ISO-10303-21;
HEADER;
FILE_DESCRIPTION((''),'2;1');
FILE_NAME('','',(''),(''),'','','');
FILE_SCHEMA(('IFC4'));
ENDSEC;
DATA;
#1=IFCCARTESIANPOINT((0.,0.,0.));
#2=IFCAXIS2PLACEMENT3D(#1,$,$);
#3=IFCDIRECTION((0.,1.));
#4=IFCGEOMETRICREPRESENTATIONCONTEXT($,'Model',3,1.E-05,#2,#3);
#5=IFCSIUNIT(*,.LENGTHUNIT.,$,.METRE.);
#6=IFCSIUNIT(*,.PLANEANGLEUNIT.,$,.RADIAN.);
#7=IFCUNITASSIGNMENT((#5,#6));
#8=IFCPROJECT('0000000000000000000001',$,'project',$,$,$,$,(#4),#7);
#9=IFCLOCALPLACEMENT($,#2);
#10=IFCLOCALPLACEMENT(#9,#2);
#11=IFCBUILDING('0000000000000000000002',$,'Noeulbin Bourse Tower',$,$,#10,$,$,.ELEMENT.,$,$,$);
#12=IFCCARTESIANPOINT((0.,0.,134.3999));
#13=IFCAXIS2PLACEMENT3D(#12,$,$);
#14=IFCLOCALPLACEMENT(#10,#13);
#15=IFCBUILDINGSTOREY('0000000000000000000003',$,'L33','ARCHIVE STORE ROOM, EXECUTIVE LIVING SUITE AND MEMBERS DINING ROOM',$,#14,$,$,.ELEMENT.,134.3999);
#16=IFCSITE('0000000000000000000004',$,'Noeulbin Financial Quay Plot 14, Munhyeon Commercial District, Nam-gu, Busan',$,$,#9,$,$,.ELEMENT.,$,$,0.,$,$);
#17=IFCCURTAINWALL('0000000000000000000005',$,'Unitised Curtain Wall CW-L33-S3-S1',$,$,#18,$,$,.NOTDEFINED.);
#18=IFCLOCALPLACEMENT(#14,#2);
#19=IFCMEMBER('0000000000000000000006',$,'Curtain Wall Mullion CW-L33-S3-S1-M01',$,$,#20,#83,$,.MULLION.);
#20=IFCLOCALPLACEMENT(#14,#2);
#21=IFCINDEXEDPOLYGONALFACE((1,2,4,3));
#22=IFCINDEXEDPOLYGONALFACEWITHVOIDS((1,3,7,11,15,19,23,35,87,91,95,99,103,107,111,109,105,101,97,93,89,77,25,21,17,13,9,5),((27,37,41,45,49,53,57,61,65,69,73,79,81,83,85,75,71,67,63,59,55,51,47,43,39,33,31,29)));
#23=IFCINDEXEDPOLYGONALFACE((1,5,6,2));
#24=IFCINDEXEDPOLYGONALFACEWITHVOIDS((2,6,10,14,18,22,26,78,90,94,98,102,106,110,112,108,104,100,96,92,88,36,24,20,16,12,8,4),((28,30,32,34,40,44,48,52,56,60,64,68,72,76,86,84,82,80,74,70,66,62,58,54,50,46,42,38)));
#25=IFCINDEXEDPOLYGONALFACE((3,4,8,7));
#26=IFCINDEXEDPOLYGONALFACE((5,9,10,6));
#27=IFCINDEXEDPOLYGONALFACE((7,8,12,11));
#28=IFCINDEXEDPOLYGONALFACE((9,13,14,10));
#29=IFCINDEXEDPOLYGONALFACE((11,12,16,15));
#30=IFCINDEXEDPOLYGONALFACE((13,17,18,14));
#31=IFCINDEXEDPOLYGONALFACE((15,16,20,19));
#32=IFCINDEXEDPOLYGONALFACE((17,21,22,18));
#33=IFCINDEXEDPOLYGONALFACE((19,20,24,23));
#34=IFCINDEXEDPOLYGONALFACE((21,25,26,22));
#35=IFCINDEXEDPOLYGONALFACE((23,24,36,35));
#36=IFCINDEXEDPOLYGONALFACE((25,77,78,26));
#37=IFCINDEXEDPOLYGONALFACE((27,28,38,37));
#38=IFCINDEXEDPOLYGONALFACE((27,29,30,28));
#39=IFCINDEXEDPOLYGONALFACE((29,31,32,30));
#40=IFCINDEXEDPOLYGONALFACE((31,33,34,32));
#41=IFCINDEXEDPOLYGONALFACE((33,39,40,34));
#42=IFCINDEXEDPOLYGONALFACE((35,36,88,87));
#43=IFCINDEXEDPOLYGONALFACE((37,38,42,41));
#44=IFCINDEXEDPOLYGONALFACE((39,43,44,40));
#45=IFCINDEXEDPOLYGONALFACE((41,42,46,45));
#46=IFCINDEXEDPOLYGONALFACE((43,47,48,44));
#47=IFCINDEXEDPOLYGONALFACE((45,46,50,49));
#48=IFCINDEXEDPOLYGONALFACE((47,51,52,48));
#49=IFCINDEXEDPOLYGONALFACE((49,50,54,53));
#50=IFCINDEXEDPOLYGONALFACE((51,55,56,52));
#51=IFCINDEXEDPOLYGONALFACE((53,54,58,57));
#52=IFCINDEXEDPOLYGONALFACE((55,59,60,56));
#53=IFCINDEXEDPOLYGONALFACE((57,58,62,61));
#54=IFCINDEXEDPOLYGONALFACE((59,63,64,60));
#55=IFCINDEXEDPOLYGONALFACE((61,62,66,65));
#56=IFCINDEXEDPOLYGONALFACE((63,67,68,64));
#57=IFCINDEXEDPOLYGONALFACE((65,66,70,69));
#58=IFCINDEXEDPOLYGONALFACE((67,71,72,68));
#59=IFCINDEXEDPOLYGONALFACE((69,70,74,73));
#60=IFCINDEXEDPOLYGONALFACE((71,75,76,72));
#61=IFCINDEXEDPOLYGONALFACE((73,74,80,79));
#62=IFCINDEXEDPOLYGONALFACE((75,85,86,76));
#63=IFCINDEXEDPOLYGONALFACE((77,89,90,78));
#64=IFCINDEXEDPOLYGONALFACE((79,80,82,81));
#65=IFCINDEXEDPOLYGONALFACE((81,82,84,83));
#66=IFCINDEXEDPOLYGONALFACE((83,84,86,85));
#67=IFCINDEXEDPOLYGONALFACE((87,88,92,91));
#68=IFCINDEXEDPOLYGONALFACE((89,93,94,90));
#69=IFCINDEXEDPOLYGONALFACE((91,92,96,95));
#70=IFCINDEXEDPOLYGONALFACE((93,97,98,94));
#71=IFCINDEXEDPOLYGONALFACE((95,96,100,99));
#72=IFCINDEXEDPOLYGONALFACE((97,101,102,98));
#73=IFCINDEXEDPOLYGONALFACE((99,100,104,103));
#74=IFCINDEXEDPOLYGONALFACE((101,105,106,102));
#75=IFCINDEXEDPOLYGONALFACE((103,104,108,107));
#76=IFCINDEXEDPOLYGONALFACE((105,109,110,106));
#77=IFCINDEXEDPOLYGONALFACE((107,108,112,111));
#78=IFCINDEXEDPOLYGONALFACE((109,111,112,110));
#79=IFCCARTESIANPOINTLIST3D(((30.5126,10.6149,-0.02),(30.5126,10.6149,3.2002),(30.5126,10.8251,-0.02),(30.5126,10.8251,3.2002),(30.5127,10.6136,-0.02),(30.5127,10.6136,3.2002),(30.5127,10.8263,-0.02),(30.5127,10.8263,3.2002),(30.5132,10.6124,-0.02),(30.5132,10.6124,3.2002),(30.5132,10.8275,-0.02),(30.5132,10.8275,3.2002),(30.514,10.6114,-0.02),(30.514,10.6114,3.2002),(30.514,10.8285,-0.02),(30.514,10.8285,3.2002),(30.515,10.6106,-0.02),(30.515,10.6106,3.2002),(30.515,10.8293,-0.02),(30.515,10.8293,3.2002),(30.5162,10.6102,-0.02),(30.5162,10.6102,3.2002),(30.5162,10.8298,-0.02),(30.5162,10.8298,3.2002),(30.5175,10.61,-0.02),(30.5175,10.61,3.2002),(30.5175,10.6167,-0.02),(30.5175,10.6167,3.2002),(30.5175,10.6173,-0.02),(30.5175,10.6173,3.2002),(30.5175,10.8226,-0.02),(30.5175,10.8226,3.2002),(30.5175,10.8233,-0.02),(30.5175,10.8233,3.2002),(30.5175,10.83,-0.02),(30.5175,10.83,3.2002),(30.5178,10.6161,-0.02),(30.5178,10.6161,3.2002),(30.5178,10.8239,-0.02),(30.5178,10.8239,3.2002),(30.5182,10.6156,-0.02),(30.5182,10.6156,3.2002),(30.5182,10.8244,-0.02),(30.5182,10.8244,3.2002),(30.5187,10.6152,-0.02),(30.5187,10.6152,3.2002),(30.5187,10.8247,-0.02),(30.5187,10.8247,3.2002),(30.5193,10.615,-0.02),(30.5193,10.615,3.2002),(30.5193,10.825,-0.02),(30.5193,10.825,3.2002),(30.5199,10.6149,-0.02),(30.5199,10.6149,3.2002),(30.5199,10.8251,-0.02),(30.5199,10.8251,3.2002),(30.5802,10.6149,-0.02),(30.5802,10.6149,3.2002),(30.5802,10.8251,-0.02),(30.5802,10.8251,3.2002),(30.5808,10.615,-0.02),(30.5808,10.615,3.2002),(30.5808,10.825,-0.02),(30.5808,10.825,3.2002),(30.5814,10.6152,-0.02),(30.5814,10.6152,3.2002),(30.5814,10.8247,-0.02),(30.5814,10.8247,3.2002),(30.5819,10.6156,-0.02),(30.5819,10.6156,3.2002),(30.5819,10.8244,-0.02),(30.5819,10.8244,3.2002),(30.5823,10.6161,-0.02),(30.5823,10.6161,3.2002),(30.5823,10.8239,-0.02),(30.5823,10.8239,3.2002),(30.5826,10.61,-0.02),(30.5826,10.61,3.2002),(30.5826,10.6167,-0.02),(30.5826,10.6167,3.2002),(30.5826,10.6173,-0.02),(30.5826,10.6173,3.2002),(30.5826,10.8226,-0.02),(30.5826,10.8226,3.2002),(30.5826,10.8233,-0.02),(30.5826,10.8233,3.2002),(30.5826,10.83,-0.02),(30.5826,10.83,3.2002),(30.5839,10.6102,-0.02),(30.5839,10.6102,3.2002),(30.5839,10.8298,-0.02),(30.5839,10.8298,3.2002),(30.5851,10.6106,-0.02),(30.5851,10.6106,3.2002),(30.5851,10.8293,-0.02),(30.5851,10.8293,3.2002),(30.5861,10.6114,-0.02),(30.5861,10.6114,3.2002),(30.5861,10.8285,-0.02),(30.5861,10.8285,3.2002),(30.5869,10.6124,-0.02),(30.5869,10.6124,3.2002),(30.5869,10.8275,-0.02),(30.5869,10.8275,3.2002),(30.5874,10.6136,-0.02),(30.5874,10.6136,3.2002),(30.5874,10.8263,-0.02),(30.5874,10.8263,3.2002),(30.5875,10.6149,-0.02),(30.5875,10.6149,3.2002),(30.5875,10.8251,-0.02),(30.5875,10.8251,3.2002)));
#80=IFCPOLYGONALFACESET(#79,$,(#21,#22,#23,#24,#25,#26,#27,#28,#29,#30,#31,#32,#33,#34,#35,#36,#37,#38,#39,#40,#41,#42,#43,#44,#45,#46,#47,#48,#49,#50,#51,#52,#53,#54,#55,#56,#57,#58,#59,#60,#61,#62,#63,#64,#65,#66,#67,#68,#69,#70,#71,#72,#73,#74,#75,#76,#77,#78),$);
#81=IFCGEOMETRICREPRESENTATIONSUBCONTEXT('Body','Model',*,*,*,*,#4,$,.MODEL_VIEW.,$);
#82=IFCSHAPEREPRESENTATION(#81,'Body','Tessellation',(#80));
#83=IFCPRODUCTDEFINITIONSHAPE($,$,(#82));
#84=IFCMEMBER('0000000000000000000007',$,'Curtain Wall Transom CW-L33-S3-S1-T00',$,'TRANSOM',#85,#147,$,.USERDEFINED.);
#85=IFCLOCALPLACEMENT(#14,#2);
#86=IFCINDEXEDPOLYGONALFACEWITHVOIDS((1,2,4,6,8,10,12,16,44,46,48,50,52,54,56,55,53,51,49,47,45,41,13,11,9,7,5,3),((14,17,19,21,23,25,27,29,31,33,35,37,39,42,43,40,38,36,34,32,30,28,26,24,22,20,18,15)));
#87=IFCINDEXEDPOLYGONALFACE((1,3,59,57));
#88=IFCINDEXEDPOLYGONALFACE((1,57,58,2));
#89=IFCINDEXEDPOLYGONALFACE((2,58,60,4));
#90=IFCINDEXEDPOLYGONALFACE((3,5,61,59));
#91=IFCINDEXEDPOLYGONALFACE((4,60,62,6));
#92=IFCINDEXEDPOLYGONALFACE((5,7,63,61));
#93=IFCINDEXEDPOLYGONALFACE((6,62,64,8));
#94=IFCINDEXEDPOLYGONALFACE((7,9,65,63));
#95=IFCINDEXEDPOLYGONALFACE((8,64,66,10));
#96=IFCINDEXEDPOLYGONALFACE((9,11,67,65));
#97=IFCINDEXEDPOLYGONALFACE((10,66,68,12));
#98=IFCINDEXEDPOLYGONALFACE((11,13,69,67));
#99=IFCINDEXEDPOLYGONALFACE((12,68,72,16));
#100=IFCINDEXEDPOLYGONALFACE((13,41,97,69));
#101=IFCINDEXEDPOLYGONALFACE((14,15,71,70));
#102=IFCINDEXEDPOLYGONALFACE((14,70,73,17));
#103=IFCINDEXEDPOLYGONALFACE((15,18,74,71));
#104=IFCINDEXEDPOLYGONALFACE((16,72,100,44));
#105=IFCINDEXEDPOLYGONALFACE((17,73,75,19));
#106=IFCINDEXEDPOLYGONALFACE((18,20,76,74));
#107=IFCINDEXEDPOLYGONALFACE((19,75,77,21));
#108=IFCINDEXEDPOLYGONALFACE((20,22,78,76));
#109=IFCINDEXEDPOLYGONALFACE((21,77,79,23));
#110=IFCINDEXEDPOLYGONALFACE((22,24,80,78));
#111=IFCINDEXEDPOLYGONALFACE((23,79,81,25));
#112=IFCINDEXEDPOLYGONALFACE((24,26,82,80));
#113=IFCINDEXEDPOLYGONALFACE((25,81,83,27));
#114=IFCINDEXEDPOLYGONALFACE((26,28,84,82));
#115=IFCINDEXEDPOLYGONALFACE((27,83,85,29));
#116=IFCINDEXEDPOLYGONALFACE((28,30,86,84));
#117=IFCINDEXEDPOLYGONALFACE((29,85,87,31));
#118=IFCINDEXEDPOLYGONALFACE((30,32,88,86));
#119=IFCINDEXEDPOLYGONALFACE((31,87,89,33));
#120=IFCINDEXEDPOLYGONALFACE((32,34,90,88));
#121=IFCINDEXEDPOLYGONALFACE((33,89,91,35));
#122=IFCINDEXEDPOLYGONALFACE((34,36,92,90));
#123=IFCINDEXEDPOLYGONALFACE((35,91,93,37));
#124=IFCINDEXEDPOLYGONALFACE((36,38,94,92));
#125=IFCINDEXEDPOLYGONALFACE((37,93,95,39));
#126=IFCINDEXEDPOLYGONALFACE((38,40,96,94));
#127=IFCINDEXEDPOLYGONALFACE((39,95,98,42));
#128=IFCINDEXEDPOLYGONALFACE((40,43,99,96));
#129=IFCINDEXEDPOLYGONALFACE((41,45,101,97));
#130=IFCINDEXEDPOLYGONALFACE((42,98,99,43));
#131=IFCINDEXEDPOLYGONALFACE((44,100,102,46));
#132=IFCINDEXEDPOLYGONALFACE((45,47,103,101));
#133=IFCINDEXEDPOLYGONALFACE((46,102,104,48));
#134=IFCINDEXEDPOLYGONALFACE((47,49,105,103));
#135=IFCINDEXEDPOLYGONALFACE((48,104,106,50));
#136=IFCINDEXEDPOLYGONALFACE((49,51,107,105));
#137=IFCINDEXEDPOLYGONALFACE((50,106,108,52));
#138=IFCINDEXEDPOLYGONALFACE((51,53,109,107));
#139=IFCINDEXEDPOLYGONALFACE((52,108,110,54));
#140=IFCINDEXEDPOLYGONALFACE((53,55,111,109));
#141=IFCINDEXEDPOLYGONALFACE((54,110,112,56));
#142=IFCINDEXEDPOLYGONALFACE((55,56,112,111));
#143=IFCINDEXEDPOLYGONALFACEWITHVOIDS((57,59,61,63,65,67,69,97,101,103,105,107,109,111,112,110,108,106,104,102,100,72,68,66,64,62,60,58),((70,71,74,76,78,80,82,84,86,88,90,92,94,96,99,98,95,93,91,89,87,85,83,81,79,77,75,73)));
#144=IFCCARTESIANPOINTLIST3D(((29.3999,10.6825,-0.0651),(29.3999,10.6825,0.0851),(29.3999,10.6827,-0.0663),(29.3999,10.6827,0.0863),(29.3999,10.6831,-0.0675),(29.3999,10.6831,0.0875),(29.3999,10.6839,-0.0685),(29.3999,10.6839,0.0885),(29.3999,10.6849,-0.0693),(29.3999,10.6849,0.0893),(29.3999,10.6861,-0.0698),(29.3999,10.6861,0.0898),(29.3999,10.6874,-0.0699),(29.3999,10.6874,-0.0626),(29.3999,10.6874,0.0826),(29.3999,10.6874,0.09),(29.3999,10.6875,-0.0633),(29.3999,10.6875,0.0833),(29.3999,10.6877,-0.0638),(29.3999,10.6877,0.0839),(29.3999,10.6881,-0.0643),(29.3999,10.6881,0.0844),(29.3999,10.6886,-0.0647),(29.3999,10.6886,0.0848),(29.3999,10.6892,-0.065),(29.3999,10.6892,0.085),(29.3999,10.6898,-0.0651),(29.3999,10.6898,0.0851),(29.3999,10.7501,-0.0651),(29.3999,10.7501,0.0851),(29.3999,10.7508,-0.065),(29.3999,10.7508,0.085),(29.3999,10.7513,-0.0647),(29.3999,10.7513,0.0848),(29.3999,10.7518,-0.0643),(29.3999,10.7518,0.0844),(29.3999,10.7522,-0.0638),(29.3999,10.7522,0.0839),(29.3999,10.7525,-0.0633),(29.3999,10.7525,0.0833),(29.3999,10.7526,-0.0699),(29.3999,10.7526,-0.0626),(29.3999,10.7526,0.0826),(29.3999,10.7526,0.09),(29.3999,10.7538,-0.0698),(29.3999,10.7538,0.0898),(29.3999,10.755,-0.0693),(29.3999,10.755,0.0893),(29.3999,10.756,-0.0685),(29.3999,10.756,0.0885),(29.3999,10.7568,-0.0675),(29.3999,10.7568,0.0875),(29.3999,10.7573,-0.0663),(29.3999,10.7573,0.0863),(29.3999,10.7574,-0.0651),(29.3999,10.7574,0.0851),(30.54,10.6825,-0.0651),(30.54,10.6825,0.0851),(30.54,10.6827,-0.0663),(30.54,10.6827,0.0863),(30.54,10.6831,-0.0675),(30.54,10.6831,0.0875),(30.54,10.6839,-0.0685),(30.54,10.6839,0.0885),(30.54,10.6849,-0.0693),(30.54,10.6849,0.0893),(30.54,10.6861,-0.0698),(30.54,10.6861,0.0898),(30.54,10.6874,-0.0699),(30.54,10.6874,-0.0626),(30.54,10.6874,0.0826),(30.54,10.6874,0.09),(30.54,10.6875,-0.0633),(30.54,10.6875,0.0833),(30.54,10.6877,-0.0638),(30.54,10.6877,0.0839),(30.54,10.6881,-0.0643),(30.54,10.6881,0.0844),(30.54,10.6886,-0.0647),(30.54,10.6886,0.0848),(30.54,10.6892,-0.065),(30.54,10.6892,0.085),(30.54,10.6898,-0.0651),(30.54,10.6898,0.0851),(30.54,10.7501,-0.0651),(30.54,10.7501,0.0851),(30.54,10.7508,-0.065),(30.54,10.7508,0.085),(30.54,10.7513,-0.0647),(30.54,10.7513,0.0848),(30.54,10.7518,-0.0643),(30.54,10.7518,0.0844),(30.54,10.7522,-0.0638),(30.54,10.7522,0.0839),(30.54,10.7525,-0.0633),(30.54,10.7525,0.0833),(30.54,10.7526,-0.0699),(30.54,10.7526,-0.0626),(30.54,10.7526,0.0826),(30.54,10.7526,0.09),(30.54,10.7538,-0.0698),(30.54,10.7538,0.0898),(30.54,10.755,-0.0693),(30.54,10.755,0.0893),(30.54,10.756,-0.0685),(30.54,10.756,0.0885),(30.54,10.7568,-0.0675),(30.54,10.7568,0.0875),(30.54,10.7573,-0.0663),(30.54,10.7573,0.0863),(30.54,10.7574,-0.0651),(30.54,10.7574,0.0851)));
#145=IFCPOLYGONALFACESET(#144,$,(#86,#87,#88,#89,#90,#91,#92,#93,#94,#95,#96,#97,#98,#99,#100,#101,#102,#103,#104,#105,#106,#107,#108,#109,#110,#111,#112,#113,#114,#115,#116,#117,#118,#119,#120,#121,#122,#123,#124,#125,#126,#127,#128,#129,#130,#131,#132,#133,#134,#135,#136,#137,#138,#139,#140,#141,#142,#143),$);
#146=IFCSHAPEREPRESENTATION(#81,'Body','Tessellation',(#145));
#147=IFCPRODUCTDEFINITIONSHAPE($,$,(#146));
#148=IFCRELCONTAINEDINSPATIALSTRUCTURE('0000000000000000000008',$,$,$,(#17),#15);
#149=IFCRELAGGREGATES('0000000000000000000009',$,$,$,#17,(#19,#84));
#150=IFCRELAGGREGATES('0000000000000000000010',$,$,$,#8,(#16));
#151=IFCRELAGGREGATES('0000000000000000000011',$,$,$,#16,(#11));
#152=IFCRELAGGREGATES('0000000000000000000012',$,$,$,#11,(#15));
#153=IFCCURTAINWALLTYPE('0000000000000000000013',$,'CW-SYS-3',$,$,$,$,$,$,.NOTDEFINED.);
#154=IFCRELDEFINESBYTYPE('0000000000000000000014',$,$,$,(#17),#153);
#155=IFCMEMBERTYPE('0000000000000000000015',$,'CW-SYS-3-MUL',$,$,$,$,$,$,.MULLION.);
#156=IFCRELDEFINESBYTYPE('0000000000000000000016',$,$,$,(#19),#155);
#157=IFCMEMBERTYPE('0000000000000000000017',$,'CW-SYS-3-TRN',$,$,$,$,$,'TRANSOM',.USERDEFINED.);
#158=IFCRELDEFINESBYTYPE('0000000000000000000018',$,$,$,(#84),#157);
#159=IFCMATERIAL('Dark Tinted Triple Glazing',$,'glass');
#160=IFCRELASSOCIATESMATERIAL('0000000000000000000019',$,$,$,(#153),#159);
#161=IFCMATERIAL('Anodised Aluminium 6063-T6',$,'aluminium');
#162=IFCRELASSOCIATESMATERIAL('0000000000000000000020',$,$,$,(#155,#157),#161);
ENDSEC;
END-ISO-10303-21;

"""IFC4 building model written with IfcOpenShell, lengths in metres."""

from ifc_helpers import new_model, si_unit, direction, frame, origin, origin_2d, place, context, subcontext, project, spatial, hollow_rectangle, extrude, material, material_profile, profile_set, type_object, element, aggregate, save


model = new_model("IFC4")

# Units and contexts
model_context = context("Model", 3, precision=1e-05, world=origin(), true_north=direction((0.0, 1.0)))
body_context = subcontext(model_context, "Body", "Model", "MODEL_VIEW")
ifc_project = project(units=[si_unit("LENGTHUNIT", "METRE"), si_unit("PLANEANGLEUNIT", "RADIAN")], contexts=[model_context])

# Site, building, storey
site_placement = place(None, origin())
site = spatial("IfcSite", under=ifc_project, at=site_placement, Name="Noeulbin Financial Quay Plot 14, Munhyeon Commercial District, Nam-gu, Busan", CompositionType="ELEMENT", RefElevation=0.0)
building_placement = place(site_placement, origin())
building = spatial("IfcBuilding", under=site, at=building_placement, Name="Noeulbin Bourse Tower", CompositionType="ELEMENT")
storey_placement = place(building_placement, frame((0.0, 0.0, 134.3999)))
storey = spatial("IfcBuildingStorey", under=building, at=storey_placement, Name="L33", Description="ARCHIVE STORE ROOM, EXECUTIVE LIVING SUITE AND MEMBERS DINING ROOM", CompositionType="ELEMENT", Elevation=134.3999)

# Shared definitions
ifc_material_1 = material(Name="Dark Tinted Triple Glazing", Category="glass")
curtain_wall_type = type_object("IfcCurtainWallType", Name="CW-SYS-3", PredefinedType="NOTDEFINED", material=ifc_material_1)
ifc_material_2 = material(Name="Anodised Aluminium 6063-T6", Category="aluminium")
ifc_material_profile_1 = material_profile(ifc_material_2, hollow_rectangle(XDim=0.075, YDim=0.22, WallThickness=0.0049, InnerFilletRadius=0.0024, OuterFilletRadius=0.0049, at=origin_2d()), Name="ALU-MULL-75x220x5", Category="LoadBearing")
ifc_profile_set_1 = profile_set([ifc_material_profile_1], Name="Anodised Aluminium 6063-T6")
member_type_1 = type_object("IfcMemberType", Name="CW-SYS-3-MUL", PredefinedType="MULLION", material=ifc_profile_set_1)

# Curtain wall, members
curtain_wall_1_placement = place(storey_placement, origin())
curtain_wall_1 = element("IfcCurtainWall", 1, at=curtain_wall_1_placement, inside=storey, type_object=curtain_wall_type, Name="Unitised Curtain Wall CW-L33-S3-S1", PredefinedType="NOTDEFINED")
member_1_placement = place(storey_placement, frame((30.55, 10.72, -0.02), z_axis=(0.0, 0.0, 1.0), x_axis=(1.0, 0.0, 0.0)))
member_1 = element("IfcMember", 2, at=member_1_placement, type_object=member_type_1, Name="Curtain Wall Mullion CW-L33-S3-S1-M01", PredefinedType="MULLION", context=body_context, shape_type="SweptSolid", body=[
    extrude(hollow_rectangle(XDim=0.075, YDim=0.22, WallThickness=0.0049, InnerFilletRadius=0.0024, OuterFilletRadius=0.0049, at=origin_2d()), origin(), (0.0, 0.0, 1.0), 3.2202),
])
ifc_material_profile_2 = material_profile(ifc_material_2, hollow_rectangle(XDim=0.075, YDim=0.1599, WallThickness=0.0049, InnerFilletRadius=0.0024, OuterFilletRadius=0.0049, at=origin_2d()), Name="ALU-TRAN-75x160x5", Category="LoadBearing")
ifc_profile_set_2 = profile_set([ifc_material_profile_2], Name="Anodised Aluminium 6063-T6")
member_type_2 = type_object("IfcMemberType", Name="CW-SYS-3-TRN", ElementType="TRANSOM", PredefinedType="USERDEFINED", material=ifc_profile_set_2)
member_2_placement = place(storey_placement, frame((29.3999, 10.72, 0.01), z_axis=(1.0, 0.0, 0.0), x_axis=(0.0, 1.0, 0.0)))
member_2 = element("IfcMember", 3, at=member_2_placement, type_object=member_type_2, Name="Curtain Wall Transom CW-L33-S3-S1-T00", ObjectType="TRANSOM", PredefinedType="USERDEFINED", context=body_context, shape_type="SweptSolid", body=[
    extrude(hollow_rectangle(XDim=0.075, YDim=0.1599, WallThickness=0.0049, InnerFilletRadius=0.0024, OuterFilletRadius=0.0049, at=origin_2d()), origin(), (0.0, 0.0, 1.0), 1.1401),
])

aggregate(curtain_wall_1, [member_1, member_2])

save(model, "model.ifc")
